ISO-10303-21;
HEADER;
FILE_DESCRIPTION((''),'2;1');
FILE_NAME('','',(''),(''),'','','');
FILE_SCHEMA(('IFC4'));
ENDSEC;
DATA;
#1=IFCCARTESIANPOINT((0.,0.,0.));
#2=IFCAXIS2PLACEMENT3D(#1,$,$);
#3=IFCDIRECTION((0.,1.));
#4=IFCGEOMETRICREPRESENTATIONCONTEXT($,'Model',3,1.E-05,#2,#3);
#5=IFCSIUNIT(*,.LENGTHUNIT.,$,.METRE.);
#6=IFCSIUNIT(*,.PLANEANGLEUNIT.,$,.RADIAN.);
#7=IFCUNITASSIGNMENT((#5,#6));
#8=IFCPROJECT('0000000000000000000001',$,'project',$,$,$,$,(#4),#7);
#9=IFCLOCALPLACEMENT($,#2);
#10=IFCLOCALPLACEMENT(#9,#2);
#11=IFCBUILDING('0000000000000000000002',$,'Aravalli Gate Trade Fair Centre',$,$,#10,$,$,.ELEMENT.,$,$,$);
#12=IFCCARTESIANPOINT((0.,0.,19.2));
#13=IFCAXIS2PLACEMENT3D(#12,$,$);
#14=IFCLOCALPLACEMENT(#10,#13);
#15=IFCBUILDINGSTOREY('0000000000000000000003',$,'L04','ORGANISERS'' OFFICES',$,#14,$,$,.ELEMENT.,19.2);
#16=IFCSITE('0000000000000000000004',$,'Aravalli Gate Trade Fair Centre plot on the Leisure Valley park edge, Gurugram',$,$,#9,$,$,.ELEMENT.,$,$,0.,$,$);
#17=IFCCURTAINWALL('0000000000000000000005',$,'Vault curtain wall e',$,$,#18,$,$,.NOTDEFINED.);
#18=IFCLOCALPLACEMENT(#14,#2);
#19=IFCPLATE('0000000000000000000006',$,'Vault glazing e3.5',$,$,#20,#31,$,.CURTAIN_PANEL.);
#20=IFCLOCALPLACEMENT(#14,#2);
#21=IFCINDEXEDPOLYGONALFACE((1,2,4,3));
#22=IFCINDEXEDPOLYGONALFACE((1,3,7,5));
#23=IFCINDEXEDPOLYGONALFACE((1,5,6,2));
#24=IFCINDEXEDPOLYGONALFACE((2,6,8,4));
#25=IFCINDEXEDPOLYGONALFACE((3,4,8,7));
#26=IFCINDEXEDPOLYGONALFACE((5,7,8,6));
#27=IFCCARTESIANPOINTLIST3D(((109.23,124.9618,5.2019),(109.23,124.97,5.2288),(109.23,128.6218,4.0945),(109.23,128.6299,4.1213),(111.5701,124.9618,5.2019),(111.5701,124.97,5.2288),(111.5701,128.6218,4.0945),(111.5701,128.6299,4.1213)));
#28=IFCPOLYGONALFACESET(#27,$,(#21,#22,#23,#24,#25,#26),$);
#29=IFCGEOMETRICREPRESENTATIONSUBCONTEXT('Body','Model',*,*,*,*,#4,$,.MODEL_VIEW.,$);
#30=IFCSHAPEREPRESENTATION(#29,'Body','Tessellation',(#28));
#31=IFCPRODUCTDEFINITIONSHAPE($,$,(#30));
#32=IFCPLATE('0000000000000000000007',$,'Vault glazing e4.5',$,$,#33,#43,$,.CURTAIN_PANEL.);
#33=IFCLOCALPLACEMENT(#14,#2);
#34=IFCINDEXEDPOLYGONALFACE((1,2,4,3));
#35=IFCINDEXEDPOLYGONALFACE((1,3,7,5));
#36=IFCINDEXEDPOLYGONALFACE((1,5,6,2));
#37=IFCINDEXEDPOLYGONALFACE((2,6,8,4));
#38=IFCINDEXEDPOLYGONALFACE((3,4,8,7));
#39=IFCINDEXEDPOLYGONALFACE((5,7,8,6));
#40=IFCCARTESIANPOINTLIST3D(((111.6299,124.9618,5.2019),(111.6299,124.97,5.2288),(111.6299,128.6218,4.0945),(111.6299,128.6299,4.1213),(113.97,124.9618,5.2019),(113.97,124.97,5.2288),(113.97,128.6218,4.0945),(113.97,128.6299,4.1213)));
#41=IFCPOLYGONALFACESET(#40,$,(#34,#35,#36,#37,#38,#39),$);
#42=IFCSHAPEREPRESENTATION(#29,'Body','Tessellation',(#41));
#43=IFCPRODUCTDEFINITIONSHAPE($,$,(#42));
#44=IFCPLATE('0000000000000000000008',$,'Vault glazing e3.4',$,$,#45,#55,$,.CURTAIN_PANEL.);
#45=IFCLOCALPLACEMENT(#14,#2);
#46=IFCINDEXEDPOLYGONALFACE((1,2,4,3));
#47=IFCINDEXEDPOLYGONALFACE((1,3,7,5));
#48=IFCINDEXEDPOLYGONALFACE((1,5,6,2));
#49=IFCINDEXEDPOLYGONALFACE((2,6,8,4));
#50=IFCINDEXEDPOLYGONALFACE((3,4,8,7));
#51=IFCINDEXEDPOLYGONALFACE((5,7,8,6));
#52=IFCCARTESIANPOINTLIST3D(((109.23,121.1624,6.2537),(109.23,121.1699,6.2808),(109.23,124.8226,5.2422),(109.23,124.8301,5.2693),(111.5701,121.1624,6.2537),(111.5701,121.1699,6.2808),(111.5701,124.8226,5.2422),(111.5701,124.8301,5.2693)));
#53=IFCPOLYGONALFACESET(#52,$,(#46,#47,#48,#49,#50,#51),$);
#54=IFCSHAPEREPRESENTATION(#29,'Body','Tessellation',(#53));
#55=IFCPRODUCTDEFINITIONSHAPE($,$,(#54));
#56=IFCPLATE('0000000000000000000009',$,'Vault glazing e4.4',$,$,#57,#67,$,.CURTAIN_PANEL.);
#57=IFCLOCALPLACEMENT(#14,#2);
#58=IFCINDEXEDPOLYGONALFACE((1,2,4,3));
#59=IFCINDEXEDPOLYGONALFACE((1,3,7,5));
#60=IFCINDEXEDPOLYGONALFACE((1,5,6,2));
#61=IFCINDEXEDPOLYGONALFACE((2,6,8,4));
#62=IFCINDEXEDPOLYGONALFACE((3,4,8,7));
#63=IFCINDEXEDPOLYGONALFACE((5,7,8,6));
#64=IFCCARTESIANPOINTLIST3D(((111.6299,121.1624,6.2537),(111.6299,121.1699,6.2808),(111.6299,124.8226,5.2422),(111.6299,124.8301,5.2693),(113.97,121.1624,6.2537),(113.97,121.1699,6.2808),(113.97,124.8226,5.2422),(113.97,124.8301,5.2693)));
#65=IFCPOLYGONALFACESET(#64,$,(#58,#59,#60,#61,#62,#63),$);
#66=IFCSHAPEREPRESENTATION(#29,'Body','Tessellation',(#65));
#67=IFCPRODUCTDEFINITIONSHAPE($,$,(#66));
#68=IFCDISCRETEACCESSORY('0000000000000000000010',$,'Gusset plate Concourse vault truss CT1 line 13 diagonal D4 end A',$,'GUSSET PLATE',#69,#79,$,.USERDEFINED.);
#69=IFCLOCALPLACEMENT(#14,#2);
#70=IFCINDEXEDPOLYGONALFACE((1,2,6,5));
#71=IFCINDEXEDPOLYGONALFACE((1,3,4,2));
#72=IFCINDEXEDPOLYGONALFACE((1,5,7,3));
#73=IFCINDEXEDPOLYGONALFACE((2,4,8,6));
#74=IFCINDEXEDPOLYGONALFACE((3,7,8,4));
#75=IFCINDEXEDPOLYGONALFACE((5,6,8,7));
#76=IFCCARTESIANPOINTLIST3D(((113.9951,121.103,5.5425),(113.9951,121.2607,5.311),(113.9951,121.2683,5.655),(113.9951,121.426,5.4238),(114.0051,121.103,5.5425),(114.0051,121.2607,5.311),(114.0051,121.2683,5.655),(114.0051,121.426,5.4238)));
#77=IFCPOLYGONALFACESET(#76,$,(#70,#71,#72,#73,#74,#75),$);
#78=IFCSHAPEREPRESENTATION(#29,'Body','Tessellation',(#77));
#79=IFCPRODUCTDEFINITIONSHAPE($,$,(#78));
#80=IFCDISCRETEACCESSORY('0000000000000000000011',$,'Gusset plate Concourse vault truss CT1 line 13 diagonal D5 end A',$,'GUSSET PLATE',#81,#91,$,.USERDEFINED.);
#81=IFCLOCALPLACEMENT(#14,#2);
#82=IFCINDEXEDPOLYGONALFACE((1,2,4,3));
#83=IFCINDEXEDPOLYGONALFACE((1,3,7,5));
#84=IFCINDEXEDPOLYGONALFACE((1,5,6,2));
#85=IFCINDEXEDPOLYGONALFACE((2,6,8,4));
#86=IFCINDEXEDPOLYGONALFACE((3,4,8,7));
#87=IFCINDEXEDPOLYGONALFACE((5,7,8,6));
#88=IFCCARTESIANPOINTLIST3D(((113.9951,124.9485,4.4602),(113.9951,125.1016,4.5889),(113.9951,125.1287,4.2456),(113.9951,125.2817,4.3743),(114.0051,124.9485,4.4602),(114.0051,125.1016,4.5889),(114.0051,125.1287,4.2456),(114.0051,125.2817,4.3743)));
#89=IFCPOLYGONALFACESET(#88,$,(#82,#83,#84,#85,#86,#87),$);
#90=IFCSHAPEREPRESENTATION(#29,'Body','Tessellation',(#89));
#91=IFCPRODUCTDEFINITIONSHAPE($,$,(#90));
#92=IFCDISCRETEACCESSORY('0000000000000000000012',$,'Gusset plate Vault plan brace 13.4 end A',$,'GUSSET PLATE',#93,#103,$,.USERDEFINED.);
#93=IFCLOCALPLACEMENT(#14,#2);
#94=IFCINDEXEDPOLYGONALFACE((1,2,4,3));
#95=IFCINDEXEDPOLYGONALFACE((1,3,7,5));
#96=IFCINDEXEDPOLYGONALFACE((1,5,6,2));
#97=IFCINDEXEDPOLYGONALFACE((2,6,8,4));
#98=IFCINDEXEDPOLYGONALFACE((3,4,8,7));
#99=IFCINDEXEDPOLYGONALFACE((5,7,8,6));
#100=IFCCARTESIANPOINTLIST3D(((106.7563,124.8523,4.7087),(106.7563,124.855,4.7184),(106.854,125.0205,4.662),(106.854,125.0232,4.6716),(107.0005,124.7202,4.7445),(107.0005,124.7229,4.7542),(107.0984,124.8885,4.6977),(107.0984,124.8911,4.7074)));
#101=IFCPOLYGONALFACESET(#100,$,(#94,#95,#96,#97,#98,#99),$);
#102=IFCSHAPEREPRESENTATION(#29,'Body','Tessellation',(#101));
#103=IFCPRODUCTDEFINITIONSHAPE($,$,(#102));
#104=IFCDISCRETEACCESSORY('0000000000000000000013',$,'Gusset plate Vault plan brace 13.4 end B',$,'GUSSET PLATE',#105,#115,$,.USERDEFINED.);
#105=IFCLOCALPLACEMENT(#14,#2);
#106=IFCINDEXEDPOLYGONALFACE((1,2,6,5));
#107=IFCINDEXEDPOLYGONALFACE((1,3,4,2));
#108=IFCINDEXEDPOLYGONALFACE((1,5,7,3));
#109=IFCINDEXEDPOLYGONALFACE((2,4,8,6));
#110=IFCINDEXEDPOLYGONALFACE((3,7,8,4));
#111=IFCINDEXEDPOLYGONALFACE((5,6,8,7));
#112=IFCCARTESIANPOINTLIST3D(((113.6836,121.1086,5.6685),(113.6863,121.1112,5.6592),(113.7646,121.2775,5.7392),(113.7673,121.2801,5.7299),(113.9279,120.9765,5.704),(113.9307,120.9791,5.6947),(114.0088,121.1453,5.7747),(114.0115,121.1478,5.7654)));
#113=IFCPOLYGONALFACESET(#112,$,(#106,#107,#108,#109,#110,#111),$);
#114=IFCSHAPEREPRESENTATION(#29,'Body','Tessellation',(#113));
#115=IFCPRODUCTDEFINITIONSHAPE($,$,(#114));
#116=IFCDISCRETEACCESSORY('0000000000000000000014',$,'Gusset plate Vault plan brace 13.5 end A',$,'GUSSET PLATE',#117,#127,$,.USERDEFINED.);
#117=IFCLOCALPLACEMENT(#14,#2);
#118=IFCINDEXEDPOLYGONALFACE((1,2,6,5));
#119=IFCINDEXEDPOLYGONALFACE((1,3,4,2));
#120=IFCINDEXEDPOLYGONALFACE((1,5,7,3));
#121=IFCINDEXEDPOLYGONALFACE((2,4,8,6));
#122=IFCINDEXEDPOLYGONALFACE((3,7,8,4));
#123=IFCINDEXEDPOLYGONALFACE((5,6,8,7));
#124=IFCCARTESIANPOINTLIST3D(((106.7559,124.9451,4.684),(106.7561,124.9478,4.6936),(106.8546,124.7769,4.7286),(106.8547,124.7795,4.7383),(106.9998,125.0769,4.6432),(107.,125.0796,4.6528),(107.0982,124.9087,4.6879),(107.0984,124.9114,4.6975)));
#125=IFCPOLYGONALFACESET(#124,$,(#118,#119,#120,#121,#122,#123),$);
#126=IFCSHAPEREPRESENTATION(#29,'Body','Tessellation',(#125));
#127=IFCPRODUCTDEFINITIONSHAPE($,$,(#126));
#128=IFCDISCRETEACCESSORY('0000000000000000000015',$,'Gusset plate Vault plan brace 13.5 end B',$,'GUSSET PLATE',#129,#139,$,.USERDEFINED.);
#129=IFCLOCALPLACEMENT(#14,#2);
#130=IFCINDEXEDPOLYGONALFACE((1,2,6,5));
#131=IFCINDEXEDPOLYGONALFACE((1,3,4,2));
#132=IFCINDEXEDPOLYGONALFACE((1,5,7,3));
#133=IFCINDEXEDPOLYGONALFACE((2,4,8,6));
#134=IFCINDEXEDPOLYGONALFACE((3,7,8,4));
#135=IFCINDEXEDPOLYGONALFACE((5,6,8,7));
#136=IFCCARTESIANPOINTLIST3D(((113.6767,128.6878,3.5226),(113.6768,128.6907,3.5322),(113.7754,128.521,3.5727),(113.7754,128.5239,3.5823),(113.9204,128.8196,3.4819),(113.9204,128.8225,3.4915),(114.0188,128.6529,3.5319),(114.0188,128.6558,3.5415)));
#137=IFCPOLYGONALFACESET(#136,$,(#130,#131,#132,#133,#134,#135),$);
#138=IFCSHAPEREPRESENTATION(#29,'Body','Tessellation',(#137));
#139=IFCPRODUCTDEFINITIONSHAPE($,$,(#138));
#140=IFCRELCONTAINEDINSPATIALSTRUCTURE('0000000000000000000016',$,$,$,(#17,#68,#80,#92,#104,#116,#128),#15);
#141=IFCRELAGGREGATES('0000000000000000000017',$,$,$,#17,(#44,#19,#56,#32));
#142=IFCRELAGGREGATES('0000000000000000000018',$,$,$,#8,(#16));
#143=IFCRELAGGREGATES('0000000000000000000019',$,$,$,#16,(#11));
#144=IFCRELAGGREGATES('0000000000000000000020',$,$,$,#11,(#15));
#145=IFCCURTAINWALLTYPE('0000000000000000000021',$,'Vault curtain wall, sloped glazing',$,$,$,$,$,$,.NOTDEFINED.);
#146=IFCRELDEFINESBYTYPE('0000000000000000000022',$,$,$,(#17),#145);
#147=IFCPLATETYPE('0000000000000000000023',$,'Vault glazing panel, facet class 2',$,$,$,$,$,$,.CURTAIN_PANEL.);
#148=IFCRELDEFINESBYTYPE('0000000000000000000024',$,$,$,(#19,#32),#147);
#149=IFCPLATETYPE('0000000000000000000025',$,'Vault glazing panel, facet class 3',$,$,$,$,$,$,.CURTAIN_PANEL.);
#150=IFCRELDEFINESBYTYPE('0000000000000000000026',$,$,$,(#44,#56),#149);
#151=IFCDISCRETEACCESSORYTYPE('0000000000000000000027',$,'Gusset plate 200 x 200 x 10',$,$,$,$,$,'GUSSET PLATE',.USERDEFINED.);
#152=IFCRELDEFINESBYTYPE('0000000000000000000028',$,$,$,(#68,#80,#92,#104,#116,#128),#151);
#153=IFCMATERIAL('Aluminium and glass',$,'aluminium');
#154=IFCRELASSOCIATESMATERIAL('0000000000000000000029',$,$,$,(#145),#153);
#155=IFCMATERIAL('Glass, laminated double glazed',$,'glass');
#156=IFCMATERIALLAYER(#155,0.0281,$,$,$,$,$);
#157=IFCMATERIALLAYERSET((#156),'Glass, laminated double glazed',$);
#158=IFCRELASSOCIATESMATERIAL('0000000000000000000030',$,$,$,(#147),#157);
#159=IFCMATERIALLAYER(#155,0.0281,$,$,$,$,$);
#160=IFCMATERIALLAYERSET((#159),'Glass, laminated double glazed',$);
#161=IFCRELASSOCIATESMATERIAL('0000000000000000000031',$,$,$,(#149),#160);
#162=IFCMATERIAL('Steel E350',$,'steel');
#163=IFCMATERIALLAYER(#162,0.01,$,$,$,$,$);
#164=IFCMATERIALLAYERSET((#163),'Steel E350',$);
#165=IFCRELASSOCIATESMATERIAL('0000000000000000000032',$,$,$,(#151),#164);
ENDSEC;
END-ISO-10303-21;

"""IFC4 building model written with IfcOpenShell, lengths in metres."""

from ifc_helpers import new_model, si_unit, direction, frame, origin, place, context, subcontext, project, spatial, polyline, outline, extrude, material, layer, layer_set, type_object, element, aggregate, save


model = new_model("IFC4")

# Units and contexts
model_context = context("Model", 3, precision=1e-05, world=origin(), true_north=direction((0.0, 1.0)))
body_context = subcontext(model_context, "Body", "Model", "MODEL_VIEW")
ifc_project = project(units=[si_unit("LENGTHUNIT", "METRE"), si_unit("PLANEANGLEUNIT", "RADIAN")], contexts=[model_context])

# Site, building, storey
site_placement = place(None, origin())
site = spatial("IfcSite", under=ifc_project, at=site_placement, Name="Aravalli Gate Trade Fair Centre plot on the Leisure Valley park edge, Gurugram", CompositionType="ELEMENT", RefElevation=0.0)
building_placement = place(site_placement, origin())
building = spatial("IfcBuilding", under=site, at=building_placement, Name="Aravalli Gate Trade Fair Centre", CompositionType="ELEMENT")
storey_placement = place(building_placement, frame((0.0, 0.0, 19.2)))
storey = spatial("IfcBuildingStorey", under=building, at=storey_placement, Name="L04", Description="ORGANISERS' OFFICES", CompositionType="ELEMENT", Elevation=19.2)

# Shared definitions
ifc_material_1 = material(Name="Steel E350", Category="steel")

# Curtain wall, plates
ifc_material_2 = material(Name="Aluminium and glass", Category="aluminium")
curtain_wall_type = type_object("IfcCurtainWallType", Name="Vault curtain wall, sloped glazing", PredefinedType="NOTDEFINED", material=ifc_material_2)
curtain_wall_placement = place(storey_placement, origin())
curtain_wall = element("IfcCurtainWall", 1, at=curtain_wall_placement, inside=storey, type_object=curtain_wall_type, Name="Vault curtain wall e", PredefinedType="NOTDEFINED")
ifc_material_3 = material(Name="Glass, laminated double glazed", Category="glass")
ifc_layer_1 = layer(ifc_material_3, 0.0281)
ifc_layer_set_1 = layer_set([ifc_layer_1], Name="Glass, laminated double glazed")
plate_type_1 = type_object("IfcPlateType", Name="Vault glazing panel, facet class 2", PredefinedType="CURTAIN_PANEL", material=ifc_layer_set_1)
plate_1_placement = place(storey_placement, frame((109.23, 124.97, 5.2288), z_axis=(0.0, 0.289614, 0.957144), x_axis=(1.0, 0.0, 0.0)))
plate_1 = element("IfcPlate", 2, at=plate_1_placement, type_object=plate_type_1, Name="Vault glazing e3.5", PredefinedType="CURTAIN_PANEL", context=body_context, shape_type="SweptSolid", body=[
    extrude(outline(polyline([(0.0, 0.0), (2.3401, 0.0), (2.3401, 3.8238), (0.0, 3.8238), (0.0, 0.0)])), origin(), (0.0, 0.0, -1.0), 0.0281),
])
plate_2_placement = place(storey_placement, frame((111.6299, 124.97, 5.2288), z_axis=(0.0, 0.289614, 0.957144), x_axis=(1.0, 0.0, 0.0)))
plate_2 = element("IfcPlate", 3, at=plate_2_placement, type_object=plate_type_1, Name="Vault glazing e4.5", PredefinedType="CURTAIN_PANEL", context=body_context, shape_type="SweptSolid", body=[
    extrude(outline(polyline([(0.0, 0.0), (2.3401, 0.0), (2.3401, 3.8238), (0.0, 3.8238), (0.0, 0.0)])), origin(), (0.0, 0.0, -1.0), 0.0281),
])
ifc_layer_2 = layer(ifc_material_3, 0.0281)
ifc_layer_set_2 = layer_set([ifc_layer_2], Name="Glass, laminated double glazed")
plate_type_2 = type_object("IfcPlateType", Name="Vault glazing panel, facet class 3", PredefinedType="CURTAIN_PANEL", material=ifc_layer_set_2)
plate_3_placement = place(storey_placement, frame((109.23, 121.1699, 6.2808), z_axis=(0.0, 0.266364, 0.963873), x_axis=(1.0, 0.0, 0.0)))
plate_3 = element("IfcPlate", 4, at=plate_3_placement, type_object=plate_type_2, Name="Vault glazing e3.4", PredefinedType="CURTAIN_PANEL", context=body_context, shape_type="SweptSolid", body=[
    extrude(outline(polyline([(0.0, 0.0), (2.3401, 0.0), (2.3401, 3.7973), (0.0, 3.7973), (0.0, 0.0)])), origin(), (0.0, 0.0, -1.0), 0.0281),
])
plate_4_placement = place(storey_placement, frame((111.6299, 121.1699, 6.2808), z_axis=(0.0, 0.266364, 0.963873), x_axis=(1.0, 0.0, 0.0)))
plate_4 = element("IfcPlate", 5, at=plate_4_placement, type_object=plate_type_2, Name="Vault glazing e4.4", PredefinedType="CURTAIN_PANEL", context=body_context, shape_type="SweptSolid", body=[
    extrude(outline(polyline([(0.0, 0.0), (2.3401, 0.0), (2.3401, 3.7973), (0.0, 3.7973), (0.0, 0.0)])), origin(), (0.0, 0.0, -1.0), 0.0281),
])
aggregate(curtain_wall, [plate_3, plate_1, plate_4, plate_2])

# Discrete accessories
ifc_layer_3 = layer(ifc_material_1, 0.01)
ifc_layer_set_3 = layer_set([ifc_layer_3], Name="Steel E350")
discrete_accessory_type = type_object("IfcDiscreteAccessoryType", Name="Gusset plate 200 x 200 x 10", ElementType="GUSSET PLATE", PredefinedType="USERDEFINED", material=ifc_layer_set_3)
discrete_accessory_1_placement = place(storey_placement, frame((113.9951, 121.2607, 5.311), z_axis=(-1.0, 0.0, 0.0), x_axis=(0.0, -0.56312, 0.826375)))
element("IfcDiscreteAccessory", 6, at=discrete_accessory_1_placement, inside=storey, type_object=discrete_accessory_type, Name="Gusset plate Concourse vault truss CT1 line 13 diagonal D4 end A", ObjectType="GUSSET PLATE", PredefinedType="USERDEFINED", context=body_context, shape_type="SweptSolid", body=[
    extrude(outline(polyline([(0.0, 0.0), (0.2801, 0.0), (0.28, 0.2), (0.0001, 0.2001), (0.0, 0.0)])), origin(), (0.0, 0.0, -1.0), 0.01),
])
discrete_accessory_2_placement = place(storey_placement, frame((113.9951, 125.1287, 4.2456), z_axis=(-1.0, 0.0, 0.0), x_axis=(0.0, -0.643008, 0.765859)))
element("IfcDiscreteAccessory", 7, at=discrete_accessory_2_placement, inside=storey, type_object=discrete_accessory_type, Name="Gusset plate Concourse vault truss CT1 line 13 diagonal D5 end A", ObjectType="GUSSET PLATE", PredefinedType="USERDEFINED", context=body_context, shape_type="SweptSolid", body=[
    extrude(outline(polyline([(0.0, 0.0), (0.2802, 0.0), (0.2803, 0.2), (0.0001, 0.2), (0.0, 0.0)])), origin(), (0.0, 0.0, -1.0), 0.01),
])
discrete_accessory_3_placement = place(storey_placement, frame((107.0005, 124.7229, 4.7542), z_axis=(0.002833, 0.266258, 0.963898), x_axis=(-0.872276, 0.472013, -0.127821)))
element("IfcDiscreteAccessory", 8, at=discrete_accessory_3_placement, inside=storey, type_object=discrete_accessory_type, Name="Gusset plate Vault plan brace 13.4 end A", ObjectType="GUSSET PLATE", PredefinedType="USERDEFINED", context=body_context, shape_type="SweptSolid", body=[
    extrude(outline(polyline([(0.0, 0.0), (0.2799, 0.0), (0.2801, -0.2), (0.0, -0.2002), (0.0, 0.0)])), origin(), (0.0, 0.0, -1.0), 0.01),
])
discrete_accessory_4_placement = place(storey_placement, frame((113.6836, 121.1086, 5.6685), z_axis=(-0.273778, -0.256795, 0.926878), x_axis=(0.872505, -0.471811, 0.127001)))
element("IfcDiscreteAccessory", 9, at=discrete_accessory_4_placement, inside=storey, type_object=discrete_accessory_type, Name="Gusset plate Vault plan brace 13.4 end B", ObjectType="GUSSET PLATE", PredefinedType="USERDEFINED", context=body_context, shape_type="SweptSolid", body=[
    extrude(outline(polyline([(0.0, 0.0), (0.28, 0.0), (0.2799, 0.2), (0.0, 0.2002), (0.0, 0.0)])), origin(), (0.0, 0.0, -1.0), 0.01),
])
discrete_accessory_5_placement = place(storey_placement, frame((107.0984, 124.9114, 4.6975), z_axis=(0.017282, 0.266105, 0.963789), x_axis=(-0.870134, -0.470816, 0.145596)))
element("IfcDiscreteAccessory", 10, at=discrete_accessory_5_placement, inside=storey, type_object=discrete_accessory_type, Name="Gusset plate Vault plan brace 13.5 end A", ObjectType="GUSSET PLATE", PredefinedType="USERDEFINED", context=body_context, shape_type="SweptSolid", body=[
    extrude(outline(polyline([(0.0, 0.0), (0.28, 0.0), (0.2801, -0.2001), (-0.0001, -0.1999), (0.0, 0.0)])), origin(), (0.0, 0.0, -1.0), 0.01),
])
discrete_accessory_6_placement = place(storey_placement, frame((113.7754, 128.5239, 3.5823), z_axis=(0.003578, 0.289413, 0.957198), x_axis=(0.869922, 0.471172, -0.145713)))
element("IfcDiscreteAccessory", 11, at=discrete_accessory_6_placement, inside=storey, type_object=discrete_accessory_type, Name="Gusset plate Vault plan brace 13.5 end B", ObjectType="GUSSET PLATE", PredefinedType="USERDEFINED", context=body_context, shape_type="SweptSolid", body=[
    extrude(outline(polyline([(0.0, 0.0), (0.2798, 0.0), (0.2801, 0.2), (0.0001, 0.2001), (0.0, 0.0)])), origin(), (0.0, 0.0, -1.0), 0.01),
])

save(model, "model.ifc")
